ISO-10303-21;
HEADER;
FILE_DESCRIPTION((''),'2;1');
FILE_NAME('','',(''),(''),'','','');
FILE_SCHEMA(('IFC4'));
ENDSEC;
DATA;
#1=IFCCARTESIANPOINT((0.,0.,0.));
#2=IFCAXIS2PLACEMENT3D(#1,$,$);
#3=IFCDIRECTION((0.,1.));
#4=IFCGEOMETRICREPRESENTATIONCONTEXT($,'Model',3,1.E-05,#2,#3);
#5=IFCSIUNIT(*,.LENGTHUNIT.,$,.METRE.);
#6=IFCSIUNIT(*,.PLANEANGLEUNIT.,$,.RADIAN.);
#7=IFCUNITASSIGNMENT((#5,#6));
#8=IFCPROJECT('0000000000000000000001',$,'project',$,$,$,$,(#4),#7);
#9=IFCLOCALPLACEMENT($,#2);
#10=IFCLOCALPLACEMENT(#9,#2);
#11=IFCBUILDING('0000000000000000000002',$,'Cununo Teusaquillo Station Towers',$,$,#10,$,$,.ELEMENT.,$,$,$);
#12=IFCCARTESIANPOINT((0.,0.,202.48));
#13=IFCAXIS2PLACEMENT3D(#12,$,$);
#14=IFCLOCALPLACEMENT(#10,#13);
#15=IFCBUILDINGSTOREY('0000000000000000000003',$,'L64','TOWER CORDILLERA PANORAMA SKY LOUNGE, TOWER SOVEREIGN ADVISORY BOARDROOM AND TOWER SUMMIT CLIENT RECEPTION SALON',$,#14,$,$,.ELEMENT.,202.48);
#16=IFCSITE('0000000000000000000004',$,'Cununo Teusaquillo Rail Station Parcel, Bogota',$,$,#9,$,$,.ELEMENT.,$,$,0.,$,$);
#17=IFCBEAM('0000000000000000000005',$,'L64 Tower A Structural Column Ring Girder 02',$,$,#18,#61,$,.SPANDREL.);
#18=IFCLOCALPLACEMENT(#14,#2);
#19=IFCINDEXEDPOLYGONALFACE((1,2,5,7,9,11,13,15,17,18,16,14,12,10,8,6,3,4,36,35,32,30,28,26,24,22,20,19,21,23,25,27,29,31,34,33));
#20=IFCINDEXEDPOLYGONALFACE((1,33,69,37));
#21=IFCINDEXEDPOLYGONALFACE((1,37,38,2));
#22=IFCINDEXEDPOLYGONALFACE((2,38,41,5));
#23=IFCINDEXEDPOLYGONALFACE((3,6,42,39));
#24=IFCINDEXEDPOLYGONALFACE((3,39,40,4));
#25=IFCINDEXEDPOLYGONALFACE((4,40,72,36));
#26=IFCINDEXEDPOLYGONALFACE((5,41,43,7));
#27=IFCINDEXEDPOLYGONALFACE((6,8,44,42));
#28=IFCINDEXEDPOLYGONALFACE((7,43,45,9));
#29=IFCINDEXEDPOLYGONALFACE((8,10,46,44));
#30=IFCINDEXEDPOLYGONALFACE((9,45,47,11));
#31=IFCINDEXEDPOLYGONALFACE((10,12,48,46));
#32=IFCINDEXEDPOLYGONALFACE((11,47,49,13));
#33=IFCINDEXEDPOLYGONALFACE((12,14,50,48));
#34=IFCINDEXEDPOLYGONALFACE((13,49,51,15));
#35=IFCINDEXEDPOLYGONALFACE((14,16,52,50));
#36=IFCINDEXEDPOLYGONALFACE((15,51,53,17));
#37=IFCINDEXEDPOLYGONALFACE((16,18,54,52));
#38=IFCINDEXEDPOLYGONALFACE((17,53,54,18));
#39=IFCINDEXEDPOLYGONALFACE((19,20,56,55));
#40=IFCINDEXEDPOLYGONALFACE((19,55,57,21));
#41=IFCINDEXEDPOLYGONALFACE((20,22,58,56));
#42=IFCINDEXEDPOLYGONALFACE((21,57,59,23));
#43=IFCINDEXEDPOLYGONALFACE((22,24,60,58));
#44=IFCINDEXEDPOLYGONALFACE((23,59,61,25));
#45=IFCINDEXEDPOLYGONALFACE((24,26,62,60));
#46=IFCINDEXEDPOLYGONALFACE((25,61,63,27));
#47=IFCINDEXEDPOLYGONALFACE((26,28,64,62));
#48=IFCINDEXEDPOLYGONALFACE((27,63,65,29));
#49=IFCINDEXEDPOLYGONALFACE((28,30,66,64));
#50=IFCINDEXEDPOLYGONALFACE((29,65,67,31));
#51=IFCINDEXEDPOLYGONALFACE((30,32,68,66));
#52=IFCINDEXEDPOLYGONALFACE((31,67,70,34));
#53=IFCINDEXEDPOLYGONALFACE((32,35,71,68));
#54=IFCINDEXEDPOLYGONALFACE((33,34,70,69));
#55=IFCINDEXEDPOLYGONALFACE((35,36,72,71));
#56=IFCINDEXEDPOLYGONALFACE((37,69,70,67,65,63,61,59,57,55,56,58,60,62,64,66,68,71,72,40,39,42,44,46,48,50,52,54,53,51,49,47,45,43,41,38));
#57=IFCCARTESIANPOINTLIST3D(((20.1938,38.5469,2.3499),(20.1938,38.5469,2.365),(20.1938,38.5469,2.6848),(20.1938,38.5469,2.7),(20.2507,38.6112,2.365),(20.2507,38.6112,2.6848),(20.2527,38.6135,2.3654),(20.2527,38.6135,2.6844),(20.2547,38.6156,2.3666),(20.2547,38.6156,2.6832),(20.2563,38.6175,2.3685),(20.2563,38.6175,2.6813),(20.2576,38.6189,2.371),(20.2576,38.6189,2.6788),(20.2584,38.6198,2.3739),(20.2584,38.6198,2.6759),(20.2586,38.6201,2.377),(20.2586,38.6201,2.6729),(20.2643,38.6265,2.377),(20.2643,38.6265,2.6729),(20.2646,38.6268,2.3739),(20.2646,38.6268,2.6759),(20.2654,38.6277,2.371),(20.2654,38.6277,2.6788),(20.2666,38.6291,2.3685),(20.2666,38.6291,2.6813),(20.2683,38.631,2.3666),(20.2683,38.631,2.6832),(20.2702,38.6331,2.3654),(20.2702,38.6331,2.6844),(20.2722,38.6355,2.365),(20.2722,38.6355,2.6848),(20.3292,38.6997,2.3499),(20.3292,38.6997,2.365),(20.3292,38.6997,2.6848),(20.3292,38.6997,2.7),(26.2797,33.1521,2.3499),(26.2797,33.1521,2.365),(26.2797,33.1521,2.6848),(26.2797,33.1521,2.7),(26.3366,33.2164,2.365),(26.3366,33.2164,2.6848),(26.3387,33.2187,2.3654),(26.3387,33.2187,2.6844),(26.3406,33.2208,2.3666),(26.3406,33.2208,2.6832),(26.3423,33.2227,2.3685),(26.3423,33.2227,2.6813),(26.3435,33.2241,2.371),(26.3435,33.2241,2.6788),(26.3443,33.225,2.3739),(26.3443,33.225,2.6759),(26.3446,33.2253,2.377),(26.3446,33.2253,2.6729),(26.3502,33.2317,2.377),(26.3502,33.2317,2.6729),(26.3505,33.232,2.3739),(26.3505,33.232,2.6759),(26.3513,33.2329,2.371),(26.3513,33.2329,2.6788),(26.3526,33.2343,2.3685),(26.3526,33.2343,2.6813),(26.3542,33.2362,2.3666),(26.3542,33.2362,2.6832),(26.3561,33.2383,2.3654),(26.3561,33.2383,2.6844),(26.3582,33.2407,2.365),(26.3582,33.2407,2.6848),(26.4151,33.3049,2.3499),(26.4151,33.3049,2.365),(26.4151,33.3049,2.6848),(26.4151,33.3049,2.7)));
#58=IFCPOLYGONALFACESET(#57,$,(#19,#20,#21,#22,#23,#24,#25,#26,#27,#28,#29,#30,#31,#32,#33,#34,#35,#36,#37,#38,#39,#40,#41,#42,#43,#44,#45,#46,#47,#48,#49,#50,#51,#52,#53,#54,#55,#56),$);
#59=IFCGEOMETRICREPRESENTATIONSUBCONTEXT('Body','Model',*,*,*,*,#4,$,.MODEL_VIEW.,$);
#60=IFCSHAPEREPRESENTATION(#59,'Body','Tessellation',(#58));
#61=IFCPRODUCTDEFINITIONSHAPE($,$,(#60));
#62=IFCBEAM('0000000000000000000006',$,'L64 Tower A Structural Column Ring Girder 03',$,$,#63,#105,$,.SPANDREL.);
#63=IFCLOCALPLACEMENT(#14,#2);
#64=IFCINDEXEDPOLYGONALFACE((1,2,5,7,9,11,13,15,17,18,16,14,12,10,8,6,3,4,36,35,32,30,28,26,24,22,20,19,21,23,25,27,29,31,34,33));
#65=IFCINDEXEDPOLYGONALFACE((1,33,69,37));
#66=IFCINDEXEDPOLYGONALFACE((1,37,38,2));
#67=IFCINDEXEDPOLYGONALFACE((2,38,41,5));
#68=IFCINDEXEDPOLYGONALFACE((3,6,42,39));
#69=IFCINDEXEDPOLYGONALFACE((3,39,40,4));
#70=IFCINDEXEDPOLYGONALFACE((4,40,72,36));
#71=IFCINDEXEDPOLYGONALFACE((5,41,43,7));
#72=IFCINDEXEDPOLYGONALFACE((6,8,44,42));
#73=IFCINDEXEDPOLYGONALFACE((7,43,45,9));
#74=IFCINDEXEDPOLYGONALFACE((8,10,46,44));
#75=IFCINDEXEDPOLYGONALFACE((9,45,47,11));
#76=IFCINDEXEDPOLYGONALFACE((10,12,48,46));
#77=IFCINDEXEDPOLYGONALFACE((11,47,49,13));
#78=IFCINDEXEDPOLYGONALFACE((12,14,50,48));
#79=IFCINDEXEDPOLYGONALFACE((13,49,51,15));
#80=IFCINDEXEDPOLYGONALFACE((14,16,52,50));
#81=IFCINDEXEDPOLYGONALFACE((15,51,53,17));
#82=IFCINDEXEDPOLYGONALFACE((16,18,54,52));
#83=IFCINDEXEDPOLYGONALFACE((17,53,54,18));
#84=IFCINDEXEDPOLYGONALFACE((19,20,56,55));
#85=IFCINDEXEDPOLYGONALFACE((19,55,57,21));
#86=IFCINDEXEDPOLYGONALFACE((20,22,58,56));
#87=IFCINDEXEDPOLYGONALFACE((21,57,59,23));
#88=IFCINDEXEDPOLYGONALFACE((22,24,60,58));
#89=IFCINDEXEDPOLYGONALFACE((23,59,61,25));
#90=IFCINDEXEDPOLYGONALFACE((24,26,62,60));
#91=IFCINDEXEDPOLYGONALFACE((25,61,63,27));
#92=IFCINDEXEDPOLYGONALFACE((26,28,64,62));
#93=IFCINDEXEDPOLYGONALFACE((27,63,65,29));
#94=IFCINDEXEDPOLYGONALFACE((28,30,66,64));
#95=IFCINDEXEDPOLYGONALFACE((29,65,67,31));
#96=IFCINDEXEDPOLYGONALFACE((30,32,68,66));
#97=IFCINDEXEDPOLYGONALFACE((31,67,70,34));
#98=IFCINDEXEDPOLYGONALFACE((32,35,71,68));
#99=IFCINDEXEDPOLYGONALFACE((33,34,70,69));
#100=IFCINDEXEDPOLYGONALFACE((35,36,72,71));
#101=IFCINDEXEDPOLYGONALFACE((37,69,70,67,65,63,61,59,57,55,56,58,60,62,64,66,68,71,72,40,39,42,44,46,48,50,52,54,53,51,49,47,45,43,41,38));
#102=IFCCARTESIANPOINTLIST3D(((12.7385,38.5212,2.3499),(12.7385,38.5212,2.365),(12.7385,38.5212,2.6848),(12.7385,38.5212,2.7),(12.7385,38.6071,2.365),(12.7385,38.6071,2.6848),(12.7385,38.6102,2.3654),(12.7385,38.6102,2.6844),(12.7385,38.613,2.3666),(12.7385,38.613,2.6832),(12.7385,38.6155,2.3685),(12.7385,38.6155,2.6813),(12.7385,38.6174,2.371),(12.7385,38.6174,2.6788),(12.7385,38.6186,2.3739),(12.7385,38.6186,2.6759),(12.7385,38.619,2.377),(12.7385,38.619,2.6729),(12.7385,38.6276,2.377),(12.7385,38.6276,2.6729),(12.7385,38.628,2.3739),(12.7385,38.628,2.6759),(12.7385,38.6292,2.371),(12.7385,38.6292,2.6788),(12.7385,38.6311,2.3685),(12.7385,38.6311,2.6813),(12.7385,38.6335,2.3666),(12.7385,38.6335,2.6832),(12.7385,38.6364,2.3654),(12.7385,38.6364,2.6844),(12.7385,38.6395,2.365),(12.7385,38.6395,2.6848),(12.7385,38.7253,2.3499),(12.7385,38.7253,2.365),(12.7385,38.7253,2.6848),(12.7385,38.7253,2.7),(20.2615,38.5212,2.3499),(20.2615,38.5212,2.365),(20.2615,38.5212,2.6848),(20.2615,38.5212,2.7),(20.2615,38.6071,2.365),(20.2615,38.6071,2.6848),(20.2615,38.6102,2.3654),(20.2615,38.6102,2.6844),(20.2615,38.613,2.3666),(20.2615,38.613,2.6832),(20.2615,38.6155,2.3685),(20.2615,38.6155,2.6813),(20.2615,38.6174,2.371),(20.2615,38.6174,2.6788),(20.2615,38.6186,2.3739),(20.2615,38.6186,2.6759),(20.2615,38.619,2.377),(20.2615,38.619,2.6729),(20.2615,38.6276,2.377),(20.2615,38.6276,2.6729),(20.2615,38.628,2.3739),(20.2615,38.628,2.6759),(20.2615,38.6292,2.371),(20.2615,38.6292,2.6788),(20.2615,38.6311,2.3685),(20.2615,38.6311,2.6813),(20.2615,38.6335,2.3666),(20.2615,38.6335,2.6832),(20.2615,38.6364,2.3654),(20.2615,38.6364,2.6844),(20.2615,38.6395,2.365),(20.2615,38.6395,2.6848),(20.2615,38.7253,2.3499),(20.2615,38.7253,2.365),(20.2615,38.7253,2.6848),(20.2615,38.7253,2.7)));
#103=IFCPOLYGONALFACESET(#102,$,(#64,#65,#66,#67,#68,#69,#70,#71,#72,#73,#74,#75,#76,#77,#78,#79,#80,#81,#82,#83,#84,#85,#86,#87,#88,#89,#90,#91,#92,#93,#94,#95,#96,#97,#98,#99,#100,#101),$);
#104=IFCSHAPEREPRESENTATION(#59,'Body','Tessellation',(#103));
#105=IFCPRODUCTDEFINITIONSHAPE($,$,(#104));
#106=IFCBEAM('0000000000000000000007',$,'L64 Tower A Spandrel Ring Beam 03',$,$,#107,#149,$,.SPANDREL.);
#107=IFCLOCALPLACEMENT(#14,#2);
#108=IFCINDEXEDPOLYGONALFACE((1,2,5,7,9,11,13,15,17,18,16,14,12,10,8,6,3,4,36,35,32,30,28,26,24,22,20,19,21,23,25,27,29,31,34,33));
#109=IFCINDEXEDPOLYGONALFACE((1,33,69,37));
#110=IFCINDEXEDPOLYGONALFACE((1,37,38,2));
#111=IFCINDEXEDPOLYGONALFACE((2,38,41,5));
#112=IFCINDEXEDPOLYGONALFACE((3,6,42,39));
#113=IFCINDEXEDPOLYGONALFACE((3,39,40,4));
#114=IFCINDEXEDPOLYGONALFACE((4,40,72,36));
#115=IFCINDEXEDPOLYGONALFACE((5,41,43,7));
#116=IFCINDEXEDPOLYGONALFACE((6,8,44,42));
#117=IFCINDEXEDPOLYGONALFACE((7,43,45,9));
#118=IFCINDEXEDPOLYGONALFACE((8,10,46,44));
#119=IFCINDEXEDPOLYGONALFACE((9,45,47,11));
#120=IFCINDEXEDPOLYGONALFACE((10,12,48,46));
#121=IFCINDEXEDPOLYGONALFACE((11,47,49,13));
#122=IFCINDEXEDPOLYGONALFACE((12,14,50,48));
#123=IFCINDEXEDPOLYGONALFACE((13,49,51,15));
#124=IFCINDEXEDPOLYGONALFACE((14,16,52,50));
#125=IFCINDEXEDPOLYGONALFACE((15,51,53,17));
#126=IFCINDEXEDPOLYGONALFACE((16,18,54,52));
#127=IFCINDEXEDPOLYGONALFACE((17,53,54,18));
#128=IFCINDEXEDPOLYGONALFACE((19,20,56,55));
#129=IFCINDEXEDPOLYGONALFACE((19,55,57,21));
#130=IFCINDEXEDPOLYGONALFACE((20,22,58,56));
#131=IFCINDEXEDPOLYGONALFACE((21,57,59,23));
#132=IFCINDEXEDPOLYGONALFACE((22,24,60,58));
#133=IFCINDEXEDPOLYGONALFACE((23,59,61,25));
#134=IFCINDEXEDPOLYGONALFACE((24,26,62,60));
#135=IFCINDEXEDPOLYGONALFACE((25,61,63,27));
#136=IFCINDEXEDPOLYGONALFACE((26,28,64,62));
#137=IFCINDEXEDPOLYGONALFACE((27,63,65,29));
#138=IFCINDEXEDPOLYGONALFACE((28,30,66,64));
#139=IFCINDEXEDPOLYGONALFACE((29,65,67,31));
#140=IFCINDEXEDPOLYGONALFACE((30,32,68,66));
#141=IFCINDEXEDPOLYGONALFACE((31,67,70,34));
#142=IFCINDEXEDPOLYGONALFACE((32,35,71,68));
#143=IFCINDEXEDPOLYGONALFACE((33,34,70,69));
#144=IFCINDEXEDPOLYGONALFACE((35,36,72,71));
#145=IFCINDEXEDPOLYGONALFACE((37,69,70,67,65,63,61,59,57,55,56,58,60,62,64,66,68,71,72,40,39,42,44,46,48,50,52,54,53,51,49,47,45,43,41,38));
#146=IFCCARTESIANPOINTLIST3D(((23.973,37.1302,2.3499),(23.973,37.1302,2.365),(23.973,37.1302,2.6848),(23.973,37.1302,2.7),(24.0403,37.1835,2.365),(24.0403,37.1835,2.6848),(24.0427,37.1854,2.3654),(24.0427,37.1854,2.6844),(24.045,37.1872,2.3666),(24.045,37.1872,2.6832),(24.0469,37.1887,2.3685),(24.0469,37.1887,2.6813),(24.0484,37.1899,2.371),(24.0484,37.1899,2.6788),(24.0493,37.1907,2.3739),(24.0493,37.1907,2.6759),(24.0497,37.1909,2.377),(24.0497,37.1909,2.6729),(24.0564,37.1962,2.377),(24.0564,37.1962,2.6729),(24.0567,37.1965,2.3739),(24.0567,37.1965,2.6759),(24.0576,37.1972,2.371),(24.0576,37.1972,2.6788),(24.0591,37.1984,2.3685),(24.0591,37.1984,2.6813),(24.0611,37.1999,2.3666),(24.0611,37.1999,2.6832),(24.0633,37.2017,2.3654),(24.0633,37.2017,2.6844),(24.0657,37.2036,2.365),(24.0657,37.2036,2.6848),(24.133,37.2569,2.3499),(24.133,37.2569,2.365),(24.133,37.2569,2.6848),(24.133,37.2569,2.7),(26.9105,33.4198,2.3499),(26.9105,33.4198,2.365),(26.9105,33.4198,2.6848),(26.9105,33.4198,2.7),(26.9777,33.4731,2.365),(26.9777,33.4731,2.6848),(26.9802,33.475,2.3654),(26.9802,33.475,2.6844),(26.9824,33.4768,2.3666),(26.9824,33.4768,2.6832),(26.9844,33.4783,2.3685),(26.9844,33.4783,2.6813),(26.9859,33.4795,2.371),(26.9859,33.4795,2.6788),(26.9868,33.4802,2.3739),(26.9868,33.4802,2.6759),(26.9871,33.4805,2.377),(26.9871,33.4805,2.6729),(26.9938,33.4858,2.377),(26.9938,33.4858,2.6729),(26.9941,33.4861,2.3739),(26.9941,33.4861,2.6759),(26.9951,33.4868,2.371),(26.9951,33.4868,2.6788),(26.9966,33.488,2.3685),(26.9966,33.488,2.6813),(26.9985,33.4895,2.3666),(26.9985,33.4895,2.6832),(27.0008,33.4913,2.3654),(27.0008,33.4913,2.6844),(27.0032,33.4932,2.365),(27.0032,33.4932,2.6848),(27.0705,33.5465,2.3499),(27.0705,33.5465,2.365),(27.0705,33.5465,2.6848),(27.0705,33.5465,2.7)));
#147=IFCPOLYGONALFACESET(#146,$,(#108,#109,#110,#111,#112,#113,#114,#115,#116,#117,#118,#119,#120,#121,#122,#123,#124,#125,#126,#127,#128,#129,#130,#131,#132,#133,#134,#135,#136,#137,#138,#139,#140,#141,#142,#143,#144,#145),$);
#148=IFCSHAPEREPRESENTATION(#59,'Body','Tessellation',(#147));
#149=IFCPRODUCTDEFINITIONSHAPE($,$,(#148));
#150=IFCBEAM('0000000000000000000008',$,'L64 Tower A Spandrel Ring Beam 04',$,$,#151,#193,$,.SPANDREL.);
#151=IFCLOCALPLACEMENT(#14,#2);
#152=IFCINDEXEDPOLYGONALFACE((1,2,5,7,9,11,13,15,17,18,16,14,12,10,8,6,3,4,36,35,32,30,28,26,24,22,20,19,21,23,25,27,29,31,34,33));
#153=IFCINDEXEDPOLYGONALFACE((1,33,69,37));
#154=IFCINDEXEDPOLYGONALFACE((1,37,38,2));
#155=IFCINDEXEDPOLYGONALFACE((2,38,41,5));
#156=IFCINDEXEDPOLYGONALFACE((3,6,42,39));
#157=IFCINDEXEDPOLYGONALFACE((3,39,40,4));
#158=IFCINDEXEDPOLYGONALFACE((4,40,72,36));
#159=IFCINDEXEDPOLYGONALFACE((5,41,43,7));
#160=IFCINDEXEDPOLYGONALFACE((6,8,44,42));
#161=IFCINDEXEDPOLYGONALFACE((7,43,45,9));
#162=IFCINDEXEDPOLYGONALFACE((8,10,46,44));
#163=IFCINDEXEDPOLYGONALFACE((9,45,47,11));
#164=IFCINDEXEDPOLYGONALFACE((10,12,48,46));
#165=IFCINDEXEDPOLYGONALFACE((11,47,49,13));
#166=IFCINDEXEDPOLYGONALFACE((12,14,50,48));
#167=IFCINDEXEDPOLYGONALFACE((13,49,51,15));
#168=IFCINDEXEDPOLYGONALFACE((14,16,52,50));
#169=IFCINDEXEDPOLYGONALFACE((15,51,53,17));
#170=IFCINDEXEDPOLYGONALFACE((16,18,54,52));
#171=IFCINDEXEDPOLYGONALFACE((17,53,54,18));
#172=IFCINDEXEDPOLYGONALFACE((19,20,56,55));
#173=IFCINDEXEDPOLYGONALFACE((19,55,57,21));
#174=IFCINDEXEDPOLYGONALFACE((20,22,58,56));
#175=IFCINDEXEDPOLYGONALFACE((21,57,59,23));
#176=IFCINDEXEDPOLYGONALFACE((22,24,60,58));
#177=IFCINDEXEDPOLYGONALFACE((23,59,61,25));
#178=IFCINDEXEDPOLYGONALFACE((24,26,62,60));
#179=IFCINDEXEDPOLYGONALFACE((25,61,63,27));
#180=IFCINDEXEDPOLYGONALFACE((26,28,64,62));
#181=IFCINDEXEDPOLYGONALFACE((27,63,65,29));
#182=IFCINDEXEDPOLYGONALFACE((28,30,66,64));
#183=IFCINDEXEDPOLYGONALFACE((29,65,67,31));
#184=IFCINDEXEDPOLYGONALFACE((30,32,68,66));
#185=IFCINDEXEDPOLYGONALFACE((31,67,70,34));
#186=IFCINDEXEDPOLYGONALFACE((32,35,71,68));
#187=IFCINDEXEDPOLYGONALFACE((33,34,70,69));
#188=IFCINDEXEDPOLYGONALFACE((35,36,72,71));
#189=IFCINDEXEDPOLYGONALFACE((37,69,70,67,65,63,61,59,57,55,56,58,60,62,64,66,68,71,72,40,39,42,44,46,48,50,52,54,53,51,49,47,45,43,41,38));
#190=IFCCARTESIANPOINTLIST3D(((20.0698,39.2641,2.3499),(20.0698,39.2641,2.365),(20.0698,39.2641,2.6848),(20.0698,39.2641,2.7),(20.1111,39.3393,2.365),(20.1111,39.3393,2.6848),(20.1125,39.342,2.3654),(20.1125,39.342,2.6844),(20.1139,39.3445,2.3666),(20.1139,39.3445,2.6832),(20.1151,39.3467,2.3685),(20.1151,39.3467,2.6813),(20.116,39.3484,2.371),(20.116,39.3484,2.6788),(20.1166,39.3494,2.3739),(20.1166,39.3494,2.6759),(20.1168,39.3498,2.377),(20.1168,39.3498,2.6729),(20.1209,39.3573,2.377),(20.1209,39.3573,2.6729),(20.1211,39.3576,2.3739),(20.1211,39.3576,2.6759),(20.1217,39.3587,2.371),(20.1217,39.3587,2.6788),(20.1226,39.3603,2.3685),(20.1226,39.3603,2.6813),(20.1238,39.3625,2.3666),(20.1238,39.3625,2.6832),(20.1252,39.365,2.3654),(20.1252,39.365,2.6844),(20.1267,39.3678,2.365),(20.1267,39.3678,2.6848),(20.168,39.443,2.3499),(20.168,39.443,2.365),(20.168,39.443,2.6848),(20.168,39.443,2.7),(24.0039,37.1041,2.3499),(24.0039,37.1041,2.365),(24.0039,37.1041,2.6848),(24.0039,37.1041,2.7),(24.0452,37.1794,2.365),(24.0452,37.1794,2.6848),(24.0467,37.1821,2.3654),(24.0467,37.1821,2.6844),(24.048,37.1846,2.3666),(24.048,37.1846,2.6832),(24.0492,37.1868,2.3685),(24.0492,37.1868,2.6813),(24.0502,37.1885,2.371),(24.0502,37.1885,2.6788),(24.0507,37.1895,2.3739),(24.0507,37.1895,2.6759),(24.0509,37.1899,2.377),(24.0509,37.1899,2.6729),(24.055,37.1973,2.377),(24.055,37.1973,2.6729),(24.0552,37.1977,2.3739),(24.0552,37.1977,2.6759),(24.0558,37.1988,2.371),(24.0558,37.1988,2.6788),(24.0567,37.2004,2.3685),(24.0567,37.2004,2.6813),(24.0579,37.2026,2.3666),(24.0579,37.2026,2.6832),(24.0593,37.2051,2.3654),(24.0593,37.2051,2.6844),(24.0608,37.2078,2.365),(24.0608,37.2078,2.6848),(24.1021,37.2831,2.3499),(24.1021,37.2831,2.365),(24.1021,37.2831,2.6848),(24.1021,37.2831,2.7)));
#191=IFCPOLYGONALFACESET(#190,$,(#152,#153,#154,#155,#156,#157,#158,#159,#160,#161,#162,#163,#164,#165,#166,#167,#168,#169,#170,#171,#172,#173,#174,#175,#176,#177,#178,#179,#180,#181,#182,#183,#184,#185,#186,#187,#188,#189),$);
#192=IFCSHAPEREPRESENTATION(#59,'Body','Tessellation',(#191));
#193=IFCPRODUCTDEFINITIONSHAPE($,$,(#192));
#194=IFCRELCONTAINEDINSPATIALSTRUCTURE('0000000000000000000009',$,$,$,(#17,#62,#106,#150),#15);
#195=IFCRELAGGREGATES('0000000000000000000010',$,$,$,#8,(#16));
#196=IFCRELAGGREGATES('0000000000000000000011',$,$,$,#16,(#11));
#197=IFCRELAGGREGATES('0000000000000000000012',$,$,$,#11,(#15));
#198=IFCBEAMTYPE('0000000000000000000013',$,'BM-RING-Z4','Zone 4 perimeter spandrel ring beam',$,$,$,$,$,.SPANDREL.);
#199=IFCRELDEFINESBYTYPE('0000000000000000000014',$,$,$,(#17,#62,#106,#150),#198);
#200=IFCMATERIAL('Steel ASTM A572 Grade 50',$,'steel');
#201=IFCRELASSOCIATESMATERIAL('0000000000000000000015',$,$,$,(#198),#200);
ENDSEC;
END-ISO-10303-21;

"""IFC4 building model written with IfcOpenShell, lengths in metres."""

from ifc_helpers import new_model, si_unit, direction, frame, origin, origin_2d, place, context, subcontext, project, spatial, i_section, extrude, material, material_profile, profile_set, type_object, element, save


model = new_model("IFC4")

# Units and contexts
model_context = context("Model", 3, precision=1e-05, world=origin(), true_north=direction((0.0, 1.0)))
body_context = subcontext(model_context, "Body", "Model", "MODEL_VIEW")
ifc_project = project(units=[si_unit("LENGTHUNIT", "METRE"), si_unit("PLANEANGLEUNIT", "RADIAN")], contexts=[model_context])

# Site, building, storey
site_placement = place(None, origin())
site = spatial("IfcSite", under=ifc_project, at=site_placement, Name="Cununo Teusaquillo Rail Station Parcel, Bogota", CompositionType="ELEMENT", RefElevation=0.0)
building_placement = place(site_placement, origin())
building = spatial("IfcBuilding", under=site, at=building_placement, Name="Cununo Teusaquillo Station Towers", CompositionType="ELEMENT")
storey_placement = place(building_placement, frame((0.0, 0.0, 202.48)))
storey = spatial("IfcBuildingStorey", under=building, at=storey_placement, Name="L64", Description="TOWER CORDILLERA PANORAMA SKY LOUNGE, TOWER SOVEREIGN ADVISORY BOARDROOM AND TOWER SUMMIT CLIENT RECEPTION SALON", CompositionType="ELEMENT", Elevation=202.48)

# Beams
ifc_material_1 = material(Name="Steel ASTM A572 Grade 50", Category="steel")
ifc_material_profile_1 = material_profile(ifc_material_1, i_section(OverallWidth=0.2041, OverallDepth=0.3501, WebThickness=0.0085, FlangeThickness=0.0151, FilletRadius=0.012, at=origin_2d()), Name="W14X48")
ifc_profile_set_1 = profile_set([ifc_material_profile_1], Name="Steel ASTM A572 Grade 50")
beam_type_1 = type_object("IfcBeamType", Name="BM-RING-Z4", Description="Zone 4 perimeter spandrel ring beam", PredefinedType="SPANDREL", material=ifc_profile_set_1)
beam_1_placement = place(storey_placement, frame((26.3474, 33.2285, 2.5249), z_axis=(-0.748321, 0.663337, 0.0), x_axis=(-0.663337, -0.748321, 0.0)))
element("IfcBeam", 1, at=beam_1_placement, inside=storey, type_object=beam_type_1, Name="L64 Tower A Structural Column Ring Girder 02", PredefinedType="SPANDREL", context=body_context, shape_type="SweptSolid", body=[
    extrude(i_section(OverallWidth=0.2041, OverallDepth=0.3501, WebThickness=0.0085, FlangeThickness=0.0151, FilletRadius=0.012, at=origin_2d()), origin(), (0.0, 0.0, 1.0), 8.1328),
])
beam_2_placement = place(storey_placement, frame((20.2615, 38.6233, 2.5249), z_axis=(-1.0, 0.0, 0.0), x_axis=(0.0, -1.0, 0.0)))
element("IfcBeam", 2, at=beam_2_placement, inside=storey, type_object=beam_type_1, Name="L64 Tower A Structural Column Ring Girder 03", PredefinedType="SPANDREL", context=body_context, shape_type="SweptSolid", body=[
    extrude(i_section(OverallWidth=0.2041, OverallDepth=0.3501, WebThickness=0.0085, FlangeThickness=0.0151, FilletRadius=0.012, at=origin_2d()), origin(), (0.0, 0.0, 1.0), 7.5229),
])
beam_3_placement = place(storey_placement, frame((26.9905, 33.4832, 2.5249), z_axis=(-0.620711, 0.78404, 0.0), x_axis=(-0.78404, -0.620711, 0.0)))
element("IfcBeam", 3, at=beam_3_placement, inside=storey, type_object=beam_type_1, Name="L64 Tower A Spandrel Ring Beam 03", PredefinedType="SPANDREL", context=body_context, shape_type="SweptSolid", body=[
    extrude(i_section(OverallWidth=0.2041, OverallDepth=0.3501, WebThickness=0.0085, FlangeThickness=0.0151, FilletRadius=0.012, at=origin_2d()), origin(), (0.0, 0.0, 1.0), 4.7324),
])
beam_4_placement = place(storey_placement, frame((24.053, 37.1936, 2.5249), z_axis=(-0.876576, 0.481263, 0.0), x_axis=(-0.481263, -0.876576, 0.0)))
element("IfcBeam", 4, at=beam_4_placement, inside=storey, type_object=beam_type_1, Name="L64 Tower A Spandrel Ring Beam 04", PredefinedType="SPANDREL", context=body_context, shape_type="SweptSolid", body=[
    extrude(i_section(OverallWidth=0.2041, OverallDepth=0.3501, WebThickness=0.0085, FlangeThickness=0.0151, FilletRadius=0.012, at=origin_2d()), origin(), (0.0, 0.0, 1.0), 4.488),
])

save(model, "model.ifc")
